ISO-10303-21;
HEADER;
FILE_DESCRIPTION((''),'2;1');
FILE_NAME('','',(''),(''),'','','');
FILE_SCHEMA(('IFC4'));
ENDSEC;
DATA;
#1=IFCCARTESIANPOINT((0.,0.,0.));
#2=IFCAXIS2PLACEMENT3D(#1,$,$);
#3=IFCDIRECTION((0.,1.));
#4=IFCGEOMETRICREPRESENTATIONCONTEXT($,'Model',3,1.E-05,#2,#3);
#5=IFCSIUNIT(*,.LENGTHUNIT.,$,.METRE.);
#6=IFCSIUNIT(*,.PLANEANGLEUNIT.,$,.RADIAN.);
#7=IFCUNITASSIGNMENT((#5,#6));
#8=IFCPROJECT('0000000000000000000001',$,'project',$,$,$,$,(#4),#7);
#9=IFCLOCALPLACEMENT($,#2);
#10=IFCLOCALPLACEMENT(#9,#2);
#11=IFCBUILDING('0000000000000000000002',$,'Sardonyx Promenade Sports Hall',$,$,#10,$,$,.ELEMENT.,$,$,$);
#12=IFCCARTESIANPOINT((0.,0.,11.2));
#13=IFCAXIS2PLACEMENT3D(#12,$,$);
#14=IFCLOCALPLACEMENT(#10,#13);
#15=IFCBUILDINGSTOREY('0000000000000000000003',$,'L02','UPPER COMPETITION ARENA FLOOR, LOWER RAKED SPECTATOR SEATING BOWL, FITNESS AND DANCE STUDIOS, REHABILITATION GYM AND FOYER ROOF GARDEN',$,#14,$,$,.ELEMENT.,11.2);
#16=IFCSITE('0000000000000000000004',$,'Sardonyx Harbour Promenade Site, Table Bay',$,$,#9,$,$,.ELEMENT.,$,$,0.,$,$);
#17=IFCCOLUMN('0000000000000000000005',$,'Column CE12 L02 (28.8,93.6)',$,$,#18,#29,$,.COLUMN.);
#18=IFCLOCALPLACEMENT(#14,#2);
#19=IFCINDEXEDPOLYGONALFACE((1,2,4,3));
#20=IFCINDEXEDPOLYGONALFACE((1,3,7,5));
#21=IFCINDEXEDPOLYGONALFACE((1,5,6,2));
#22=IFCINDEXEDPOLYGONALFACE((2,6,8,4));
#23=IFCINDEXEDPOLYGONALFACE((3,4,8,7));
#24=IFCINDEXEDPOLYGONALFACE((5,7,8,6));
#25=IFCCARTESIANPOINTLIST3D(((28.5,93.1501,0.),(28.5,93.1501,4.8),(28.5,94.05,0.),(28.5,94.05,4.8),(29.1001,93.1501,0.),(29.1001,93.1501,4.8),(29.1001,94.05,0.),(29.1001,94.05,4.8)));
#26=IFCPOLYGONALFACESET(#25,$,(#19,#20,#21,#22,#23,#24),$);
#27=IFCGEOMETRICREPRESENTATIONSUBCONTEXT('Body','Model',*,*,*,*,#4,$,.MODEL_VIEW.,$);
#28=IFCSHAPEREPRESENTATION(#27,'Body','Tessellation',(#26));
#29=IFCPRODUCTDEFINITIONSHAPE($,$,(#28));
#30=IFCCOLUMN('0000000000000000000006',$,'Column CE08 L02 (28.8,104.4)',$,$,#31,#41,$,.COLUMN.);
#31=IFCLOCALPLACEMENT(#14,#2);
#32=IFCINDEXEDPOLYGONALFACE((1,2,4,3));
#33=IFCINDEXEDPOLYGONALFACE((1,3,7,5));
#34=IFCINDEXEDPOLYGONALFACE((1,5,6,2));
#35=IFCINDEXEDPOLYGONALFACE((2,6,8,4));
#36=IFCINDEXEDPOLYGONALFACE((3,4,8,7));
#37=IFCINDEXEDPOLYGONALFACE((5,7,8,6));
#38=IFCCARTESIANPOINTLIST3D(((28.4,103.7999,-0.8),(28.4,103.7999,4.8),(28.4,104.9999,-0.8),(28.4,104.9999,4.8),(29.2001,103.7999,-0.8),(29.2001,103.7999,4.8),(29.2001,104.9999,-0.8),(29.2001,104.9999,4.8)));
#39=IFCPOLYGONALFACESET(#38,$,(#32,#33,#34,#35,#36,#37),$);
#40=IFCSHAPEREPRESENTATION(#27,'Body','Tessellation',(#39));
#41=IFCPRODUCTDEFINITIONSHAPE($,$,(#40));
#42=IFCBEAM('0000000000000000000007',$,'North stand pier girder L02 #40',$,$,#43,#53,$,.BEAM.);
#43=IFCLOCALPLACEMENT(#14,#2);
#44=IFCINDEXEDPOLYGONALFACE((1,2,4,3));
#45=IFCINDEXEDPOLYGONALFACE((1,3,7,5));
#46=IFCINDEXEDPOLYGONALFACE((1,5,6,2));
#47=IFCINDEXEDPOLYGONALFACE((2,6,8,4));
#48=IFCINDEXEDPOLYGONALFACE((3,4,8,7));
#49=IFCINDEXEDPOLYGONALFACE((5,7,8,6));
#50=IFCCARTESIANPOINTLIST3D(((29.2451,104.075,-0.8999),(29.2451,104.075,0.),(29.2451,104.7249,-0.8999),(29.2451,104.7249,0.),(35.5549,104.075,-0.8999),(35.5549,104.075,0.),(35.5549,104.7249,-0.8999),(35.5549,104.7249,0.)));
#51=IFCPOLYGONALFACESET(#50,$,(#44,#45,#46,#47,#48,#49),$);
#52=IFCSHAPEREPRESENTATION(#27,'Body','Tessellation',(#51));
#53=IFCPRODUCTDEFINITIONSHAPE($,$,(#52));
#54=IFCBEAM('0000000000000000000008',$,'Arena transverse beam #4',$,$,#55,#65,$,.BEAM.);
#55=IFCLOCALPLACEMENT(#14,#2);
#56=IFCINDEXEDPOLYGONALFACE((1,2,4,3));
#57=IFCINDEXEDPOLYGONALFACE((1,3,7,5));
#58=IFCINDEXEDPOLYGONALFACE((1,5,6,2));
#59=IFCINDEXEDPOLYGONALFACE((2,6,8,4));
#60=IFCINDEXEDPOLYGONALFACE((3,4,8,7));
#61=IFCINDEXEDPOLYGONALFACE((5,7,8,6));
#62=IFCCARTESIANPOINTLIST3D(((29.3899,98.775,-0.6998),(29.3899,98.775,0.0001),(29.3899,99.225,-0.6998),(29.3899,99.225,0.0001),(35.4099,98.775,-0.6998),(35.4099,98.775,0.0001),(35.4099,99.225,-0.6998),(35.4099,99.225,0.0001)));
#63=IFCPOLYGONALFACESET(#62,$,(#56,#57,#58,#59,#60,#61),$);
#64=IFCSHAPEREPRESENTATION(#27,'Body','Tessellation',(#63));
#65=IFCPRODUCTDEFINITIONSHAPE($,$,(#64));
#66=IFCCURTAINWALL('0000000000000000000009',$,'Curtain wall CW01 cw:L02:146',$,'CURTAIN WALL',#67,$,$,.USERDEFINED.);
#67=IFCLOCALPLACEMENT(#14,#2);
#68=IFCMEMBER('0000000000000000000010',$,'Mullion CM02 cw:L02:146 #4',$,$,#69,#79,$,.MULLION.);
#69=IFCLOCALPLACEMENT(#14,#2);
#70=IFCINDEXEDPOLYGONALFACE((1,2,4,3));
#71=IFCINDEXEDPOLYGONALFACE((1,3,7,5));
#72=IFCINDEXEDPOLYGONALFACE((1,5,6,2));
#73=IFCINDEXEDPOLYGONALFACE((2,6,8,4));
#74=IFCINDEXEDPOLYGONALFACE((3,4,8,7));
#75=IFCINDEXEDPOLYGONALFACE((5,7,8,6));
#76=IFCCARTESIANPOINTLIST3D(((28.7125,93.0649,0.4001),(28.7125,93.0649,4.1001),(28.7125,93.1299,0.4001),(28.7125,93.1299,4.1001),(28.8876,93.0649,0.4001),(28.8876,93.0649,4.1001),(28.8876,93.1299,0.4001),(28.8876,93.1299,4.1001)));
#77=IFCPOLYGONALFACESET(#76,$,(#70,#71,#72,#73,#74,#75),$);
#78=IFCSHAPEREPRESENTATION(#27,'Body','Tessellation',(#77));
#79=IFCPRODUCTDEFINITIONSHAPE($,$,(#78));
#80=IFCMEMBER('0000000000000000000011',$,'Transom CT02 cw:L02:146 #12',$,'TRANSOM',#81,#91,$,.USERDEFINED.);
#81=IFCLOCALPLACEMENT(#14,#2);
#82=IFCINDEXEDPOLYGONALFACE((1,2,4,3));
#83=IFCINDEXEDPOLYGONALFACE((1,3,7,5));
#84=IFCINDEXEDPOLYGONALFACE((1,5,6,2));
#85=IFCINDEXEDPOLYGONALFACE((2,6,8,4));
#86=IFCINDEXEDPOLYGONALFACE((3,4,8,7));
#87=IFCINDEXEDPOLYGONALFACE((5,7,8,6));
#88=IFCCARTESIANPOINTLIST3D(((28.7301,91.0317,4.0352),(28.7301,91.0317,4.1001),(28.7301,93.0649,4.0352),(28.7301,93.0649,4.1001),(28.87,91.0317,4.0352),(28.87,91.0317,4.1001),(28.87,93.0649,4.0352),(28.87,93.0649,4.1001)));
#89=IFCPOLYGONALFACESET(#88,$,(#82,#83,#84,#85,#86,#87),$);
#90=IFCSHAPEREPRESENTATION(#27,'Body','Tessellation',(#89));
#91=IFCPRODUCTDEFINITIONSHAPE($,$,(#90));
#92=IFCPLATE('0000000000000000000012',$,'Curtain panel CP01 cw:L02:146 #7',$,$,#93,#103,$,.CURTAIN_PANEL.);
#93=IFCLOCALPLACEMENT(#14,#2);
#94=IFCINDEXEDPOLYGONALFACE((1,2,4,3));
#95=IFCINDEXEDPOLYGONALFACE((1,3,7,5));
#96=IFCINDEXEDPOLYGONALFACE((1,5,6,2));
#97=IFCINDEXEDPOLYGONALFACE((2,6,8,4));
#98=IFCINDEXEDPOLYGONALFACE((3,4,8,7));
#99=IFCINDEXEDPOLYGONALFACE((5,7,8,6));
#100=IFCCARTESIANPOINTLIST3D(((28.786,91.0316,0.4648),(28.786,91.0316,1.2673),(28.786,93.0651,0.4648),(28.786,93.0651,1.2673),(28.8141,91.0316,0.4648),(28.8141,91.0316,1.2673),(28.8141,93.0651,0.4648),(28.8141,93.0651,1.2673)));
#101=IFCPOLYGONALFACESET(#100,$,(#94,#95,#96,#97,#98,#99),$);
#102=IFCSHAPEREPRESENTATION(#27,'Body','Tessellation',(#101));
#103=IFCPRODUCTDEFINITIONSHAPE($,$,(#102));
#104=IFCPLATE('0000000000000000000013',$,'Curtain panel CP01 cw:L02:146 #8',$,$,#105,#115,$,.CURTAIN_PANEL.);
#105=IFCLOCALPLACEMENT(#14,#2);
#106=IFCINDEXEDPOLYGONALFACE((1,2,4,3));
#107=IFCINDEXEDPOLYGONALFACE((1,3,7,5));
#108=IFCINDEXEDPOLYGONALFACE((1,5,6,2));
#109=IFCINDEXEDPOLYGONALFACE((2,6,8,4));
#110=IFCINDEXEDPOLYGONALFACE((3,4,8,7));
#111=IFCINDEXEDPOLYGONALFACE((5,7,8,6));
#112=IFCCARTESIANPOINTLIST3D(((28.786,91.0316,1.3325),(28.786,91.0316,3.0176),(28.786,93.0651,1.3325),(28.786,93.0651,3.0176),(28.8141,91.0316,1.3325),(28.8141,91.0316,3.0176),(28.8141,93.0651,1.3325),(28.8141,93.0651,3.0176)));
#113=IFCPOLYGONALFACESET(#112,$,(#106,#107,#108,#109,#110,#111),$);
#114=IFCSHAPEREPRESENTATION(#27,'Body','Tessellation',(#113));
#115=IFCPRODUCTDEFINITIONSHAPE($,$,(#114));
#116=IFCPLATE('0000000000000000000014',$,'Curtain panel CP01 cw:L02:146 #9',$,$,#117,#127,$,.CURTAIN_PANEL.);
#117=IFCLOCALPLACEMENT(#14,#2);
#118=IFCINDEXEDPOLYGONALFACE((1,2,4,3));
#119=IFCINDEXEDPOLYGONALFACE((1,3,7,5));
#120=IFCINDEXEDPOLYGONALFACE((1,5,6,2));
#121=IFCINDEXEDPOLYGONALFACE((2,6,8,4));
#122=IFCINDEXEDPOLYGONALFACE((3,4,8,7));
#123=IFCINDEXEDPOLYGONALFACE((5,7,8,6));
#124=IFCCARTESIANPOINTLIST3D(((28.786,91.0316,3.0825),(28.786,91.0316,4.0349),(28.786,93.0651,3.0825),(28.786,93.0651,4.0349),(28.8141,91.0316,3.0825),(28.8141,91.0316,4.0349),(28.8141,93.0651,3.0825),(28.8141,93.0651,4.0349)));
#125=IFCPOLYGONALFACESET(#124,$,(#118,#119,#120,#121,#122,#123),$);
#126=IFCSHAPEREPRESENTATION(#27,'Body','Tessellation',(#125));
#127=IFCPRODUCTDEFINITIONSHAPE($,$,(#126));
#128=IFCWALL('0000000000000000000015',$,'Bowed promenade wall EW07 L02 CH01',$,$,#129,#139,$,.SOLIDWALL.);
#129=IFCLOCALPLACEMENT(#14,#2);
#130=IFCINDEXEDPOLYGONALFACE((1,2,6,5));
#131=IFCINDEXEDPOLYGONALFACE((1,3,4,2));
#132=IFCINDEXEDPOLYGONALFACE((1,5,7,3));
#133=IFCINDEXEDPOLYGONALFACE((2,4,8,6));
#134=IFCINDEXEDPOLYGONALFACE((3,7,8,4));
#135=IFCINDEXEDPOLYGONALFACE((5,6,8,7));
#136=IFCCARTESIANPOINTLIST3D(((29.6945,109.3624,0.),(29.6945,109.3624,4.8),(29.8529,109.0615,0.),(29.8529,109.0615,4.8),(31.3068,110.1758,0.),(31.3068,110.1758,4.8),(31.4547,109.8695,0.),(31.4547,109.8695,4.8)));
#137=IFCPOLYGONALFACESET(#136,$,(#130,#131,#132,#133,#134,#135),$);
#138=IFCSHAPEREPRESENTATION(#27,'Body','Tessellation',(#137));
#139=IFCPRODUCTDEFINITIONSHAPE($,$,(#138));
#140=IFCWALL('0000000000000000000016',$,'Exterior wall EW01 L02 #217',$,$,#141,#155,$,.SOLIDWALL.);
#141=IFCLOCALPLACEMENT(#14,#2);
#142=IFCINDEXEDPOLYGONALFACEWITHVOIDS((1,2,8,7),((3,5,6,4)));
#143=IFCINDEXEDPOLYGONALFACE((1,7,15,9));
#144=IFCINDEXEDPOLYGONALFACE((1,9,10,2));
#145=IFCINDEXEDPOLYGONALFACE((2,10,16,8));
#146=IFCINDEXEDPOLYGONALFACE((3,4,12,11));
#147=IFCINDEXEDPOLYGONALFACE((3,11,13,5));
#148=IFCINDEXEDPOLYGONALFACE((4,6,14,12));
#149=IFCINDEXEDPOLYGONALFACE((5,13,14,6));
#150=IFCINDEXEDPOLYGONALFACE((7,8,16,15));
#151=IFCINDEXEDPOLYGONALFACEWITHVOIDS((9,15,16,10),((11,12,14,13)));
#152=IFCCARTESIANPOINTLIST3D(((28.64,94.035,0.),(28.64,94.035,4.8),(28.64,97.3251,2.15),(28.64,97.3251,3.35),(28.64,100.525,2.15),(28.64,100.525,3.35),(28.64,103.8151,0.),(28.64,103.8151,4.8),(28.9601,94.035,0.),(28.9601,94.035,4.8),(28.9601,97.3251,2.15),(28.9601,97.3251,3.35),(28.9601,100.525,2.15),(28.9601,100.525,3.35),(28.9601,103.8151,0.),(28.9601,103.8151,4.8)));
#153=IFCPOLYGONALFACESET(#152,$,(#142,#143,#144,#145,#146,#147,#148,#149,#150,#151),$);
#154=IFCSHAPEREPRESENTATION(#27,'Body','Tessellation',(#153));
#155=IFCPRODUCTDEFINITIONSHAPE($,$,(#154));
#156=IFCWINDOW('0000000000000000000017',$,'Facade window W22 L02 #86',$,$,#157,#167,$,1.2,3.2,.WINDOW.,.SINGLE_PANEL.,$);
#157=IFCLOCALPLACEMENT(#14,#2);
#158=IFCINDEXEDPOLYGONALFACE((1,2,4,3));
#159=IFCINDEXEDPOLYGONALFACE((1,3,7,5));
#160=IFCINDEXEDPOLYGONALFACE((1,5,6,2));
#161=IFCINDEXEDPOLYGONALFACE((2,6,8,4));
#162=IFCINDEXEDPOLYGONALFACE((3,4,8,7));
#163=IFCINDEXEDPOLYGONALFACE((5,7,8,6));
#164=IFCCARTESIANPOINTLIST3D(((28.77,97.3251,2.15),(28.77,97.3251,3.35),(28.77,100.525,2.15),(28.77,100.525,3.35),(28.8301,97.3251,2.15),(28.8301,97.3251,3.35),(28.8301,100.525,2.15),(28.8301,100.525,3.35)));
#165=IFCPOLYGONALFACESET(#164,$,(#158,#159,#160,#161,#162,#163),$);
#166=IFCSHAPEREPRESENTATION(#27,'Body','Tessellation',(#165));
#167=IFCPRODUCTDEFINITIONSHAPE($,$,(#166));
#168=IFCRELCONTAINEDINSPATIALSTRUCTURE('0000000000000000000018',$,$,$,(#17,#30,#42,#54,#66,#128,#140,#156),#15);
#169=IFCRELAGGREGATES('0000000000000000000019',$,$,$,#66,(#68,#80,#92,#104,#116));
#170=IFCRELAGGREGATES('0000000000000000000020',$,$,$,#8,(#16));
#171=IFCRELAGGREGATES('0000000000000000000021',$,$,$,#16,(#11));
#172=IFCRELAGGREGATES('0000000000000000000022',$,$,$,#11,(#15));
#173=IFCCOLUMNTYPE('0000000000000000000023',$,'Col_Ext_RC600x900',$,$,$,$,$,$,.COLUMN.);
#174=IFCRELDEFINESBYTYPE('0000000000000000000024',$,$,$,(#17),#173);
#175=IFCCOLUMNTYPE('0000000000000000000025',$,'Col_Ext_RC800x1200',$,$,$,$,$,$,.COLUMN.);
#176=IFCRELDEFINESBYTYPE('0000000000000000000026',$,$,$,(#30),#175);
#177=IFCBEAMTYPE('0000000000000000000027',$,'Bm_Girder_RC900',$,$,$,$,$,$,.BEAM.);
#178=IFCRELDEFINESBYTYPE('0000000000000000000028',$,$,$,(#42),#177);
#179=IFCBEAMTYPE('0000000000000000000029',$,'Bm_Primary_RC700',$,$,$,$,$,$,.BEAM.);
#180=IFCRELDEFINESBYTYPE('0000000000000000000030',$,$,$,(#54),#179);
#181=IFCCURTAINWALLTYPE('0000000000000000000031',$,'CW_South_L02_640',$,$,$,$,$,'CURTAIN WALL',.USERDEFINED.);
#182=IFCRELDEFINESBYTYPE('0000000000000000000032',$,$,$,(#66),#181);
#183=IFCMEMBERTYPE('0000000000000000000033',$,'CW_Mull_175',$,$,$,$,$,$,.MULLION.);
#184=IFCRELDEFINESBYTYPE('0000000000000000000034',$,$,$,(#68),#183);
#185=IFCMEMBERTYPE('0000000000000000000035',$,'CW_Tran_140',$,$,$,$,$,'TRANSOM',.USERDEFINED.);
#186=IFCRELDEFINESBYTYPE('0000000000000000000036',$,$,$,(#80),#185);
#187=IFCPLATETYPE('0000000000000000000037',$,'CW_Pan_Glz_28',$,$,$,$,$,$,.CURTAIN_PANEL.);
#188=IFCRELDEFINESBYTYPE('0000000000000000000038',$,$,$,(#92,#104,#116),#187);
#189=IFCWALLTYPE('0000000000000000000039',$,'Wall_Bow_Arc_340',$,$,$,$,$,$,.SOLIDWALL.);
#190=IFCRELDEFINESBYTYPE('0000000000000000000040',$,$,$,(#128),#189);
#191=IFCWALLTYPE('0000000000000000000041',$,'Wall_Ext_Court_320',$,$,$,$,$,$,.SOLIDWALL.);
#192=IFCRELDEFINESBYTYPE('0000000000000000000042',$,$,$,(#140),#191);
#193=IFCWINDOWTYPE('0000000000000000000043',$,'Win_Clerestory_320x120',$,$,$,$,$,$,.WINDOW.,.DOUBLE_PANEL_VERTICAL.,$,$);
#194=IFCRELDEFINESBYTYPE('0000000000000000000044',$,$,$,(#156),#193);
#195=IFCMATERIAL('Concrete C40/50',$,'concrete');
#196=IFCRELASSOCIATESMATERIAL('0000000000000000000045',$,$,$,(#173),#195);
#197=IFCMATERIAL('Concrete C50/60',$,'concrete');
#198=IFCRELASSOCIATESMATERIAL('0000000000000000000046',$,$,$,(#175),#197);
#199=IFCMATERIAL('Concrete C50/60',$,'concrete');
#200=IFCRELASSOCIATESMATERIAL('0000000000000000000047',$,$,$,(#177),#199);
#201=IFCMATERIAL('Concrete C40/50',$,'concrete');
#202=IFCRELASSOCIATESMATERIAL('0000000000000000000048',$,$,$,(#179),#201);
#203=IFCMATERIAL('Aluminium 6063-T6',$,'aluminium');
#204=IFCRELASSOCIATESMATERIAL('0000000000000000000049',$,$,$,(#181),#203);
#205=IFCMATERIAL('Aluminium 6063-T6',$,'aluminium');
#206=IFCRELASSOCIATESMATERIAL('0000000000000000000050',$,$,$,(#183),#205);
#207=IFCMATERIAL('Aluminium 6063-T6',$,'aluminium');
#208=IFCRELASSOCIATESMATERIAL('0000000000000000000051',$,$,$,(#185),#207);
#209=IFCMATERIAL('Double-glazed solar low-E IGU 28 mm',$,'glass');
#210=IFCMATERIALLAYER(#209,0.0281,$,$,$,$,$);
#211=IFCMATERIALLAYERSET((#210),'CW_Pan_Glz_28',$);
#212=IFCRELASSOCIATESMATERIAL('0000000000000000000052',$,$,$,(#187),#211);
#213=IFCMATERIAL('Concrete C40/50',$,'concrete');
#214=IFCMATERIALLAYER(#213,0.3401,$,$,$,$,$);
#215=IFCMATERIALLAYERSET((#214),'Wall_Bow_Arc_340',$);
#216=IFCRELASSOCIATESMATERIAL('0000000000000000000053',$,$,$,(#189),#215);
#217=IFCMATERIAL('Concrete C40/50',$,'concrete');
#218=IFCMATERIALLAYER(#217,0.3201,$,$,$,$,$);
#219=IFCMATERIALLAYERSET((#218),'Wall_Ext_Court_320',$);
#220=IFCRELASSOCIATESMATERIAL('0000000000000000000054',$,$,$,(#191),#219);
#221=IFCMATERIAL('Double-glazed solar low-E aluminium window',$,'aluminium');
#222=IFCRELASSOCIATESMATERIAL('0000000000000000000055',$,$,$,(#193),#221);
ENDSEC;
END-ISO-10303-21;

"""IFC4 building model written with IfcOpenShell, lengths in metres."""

from ifc_helpers import new_model, si_unit, direction, frame, frame_2d, origin, origin_2d, place, context, subcontext, project, spatial, polyline, rectangle, outline, extrude, material, layer, layer_set, material_profile, profile_set, type_object, element, fill, aggregate, save


model = new_model("IFC4")

# Units and contexts
model_context = context("Model", 3, precision=1e-05, world=origin(), true_north=direction((0.0, 1.0)))
body_context = subcontext(model_context, "Body", "Model", "MODEL_VIEW")
ifc_project = project(units=[si_unit("LENGTHUNIT", "METRE"), si_unit("PLANEANGLEUNIT", "RADIAN")], contexts=[model_context])

# Site, building, storey
site_placement = place(None, origin())
site = spatial("IfcSite", under=ifc_project, at=site_placement, Name="Sardonyx Harbour Promenade Site, Table Bay", CompositionType="ELEMENT", RefElevation=0.0)
building_placement = place(site_placement, origin())
building = spatial("IfcBuilding", under=site, at=building_placement, Name="Sardonyx Promenade Sports Hall", CompositionType="ELEMENT")
storey_placement = place(building_placement, frame((0.0, 0.0, 11.2)))
storey = spatial("IfcBuildingStorey", under=building, at=storey_placement, Name="L02", Description="UPPER COMPETITION ARENA FLOOR, LOWER RAKED SPECTATOR SEATING BOWL, FITNESS AND DANCE STUDIOS, REHABILITATION GYM AND FOYER ROOF GARDEN", CompositionType="ELEMENT", Elevation=11.2)

# Columns
ifc_material_1 = material(Name="Concrete C40/50", Category="concrete")
ifc_material_profile_1 = material_profile(ifc_material_1, rectangle(XDim=0.6001, YDim=0.8999, at=origin_2d()))
ifc_profile_set_1 = profile_set([ifc_material_profile_1], Name="Concrete C40/50")
column_type_1 = type_object("IfcColumnType", Name="Col_Ext_RC600x900", PredefinedType="COLUMN", material=ifc_profile_set_1)
column_1_placement = place(storey_placement, frame((28.8, 93.6001, 0.0), z_axis=(0.0, 0.0, 1.0), x_axis=(1.0, 0.0, 0.0)))
element("IfcColumn", 1, at=column_1_placement, inside=storey, type_object=column_type_1, Name="Column CE12 L02 (28.8,93.6)", PredefinedType="COLUMN", context=body_context, shape_type="SweptSolid", body=[
    extrude(rectangle(XDim=0.6001, YDim=0.8999, at=origin_2d()), origin(), (0.0, 0.0, 1.0), 4.8),
])
ifc_material_2 = material(Name="Concrete C50/60", Category="concrete")
ifc_material_profile_2 = material_profile(ifc_material_2, rectangle(XDim=0.8, YDim=1.2, at=origin_2d()))
ifc_profile_set_2 = profile_set([ifc_material_profile_2], Name="Concrete C50/60")
column_type_2 = type_object("IfcColumnType", Name="Col_Ext_RC800x1200", PredefinedType="COLUMN", material=ifc_profile_set_2)
column_2_placement = place(storey_placement, frame((28.8, 104.3999, -0.8), z_axis=(0.0, 0.0, 1.0), x_axis=(1.0, 0.0, 0.0)))
element("IfcColumn", 2, at=column_2_placement, inside=storey, type_object=column_type_2, Name="Column CE08 L02 (28.8,104.4)", PredefinedType="COLUMN", context=body_context, shape_type="SweptSolid", body=[
    extrude(rectangle(XDim=0.8, YDim=1.2, at=origin_2d()), origin(), (0.0, 0.0, 1.0), 5.6001),
])

# Beams
ifc_material_3 = material(Name="Concrete C50/60", Category="concrete")
ifc_material_profile_3 = material_profile(ifc_material_3, rectangle(XDim=0.6499, YDim=0.8999, at=origin_2d()))
ifc_profile_set_3 = profile_set([ifc_material_profile_3], Name="Concrete C50/60")
beam_type_1 = type_object("IfcBeamType", Name="Bm_Girder_RC900", PredefinedType="BEAM", material=ifc_profile_set_3)
beam_1_placement = place(storey_placement, frame((29.2451, 104.3999, -0.45), z_axis=(1.0, 0.0, 0.0), x_axis=(0.0, 1.0, 0.0)))
element("IfcBeam", 3, at=beam_1_placement, inside=storey, type_object=beam_type_1, Name="North stand pier girder L02 #40", PredefinedType="BEAM", context=body_context, shape_type="SweptSolid", body=[
    extrude(rectangle(XDim=0.6499, YDim=0.8999, at=origin_2d()), origin(), (0.0, 0.0, 1.0), 6.3098),
])
ifc_material_4 = material(Name="Concrete C40/50", Category="concrete")
ifc_material_profile_4 = material_profile(ifc_material_4, rectangle(XDim=0.45, YDim=0.7, at=origin_2d()))
ifc_profile_set_4 = profile_set([ifc_material_profile_4], Name="Concrete C40/50")
beam_type_2 = type_object("IfcBeamType", Name="Bm_Primary_RC700", PredefinedType="BEAM", material=ifc_profile_set_4)
beam_2_placement = place(storey_placement, frame((29.3899, 99.0, -0.3499), z_axis=(1.0, 0.0, 0.0), x_axis=(0.0, 1.0, 0.0)))
element("IfcBeam", 4, at=beam_2_placement, inside=storey, type_object=beam_type_2, Name="Arena transverse beam #4", PredefinedType="BEAM", context=body_context, shape_type="SweptSolid", body=[
    extrude(rectangle(XDim=0.45, YDim=0.7, at=origin_2d()), origin(), (0.0, 0.0, 1.0), 6.02),
])

# Curtain wall, members, plates
ifc_material_5 = material(Name="Aluminium 6063-T6", Category="aluminium")
curtain_wall_type = type_object("IfcCurtainWallType", Name="CW_South_L02_640", ElementType="CURTAIN WALL", PredefinedType="USERDEFINED", material=ifc_material_5)
curtain_wall_placement = place(storey_placement, origin())
curtain_wall = element("IfcCurtainWall", 5, at=curtain_wall_placement, inside=storey, type_object=curtain_wall_type, Name="Curtain wall CW01 cw:L02:146", ObjectType="CURTAIN WALL", PredefinedType="USERDEFINED")
ifc_material_6 = material(Name="Aluminium 6063-T6", Category="aluminium")
ifc_material_profile_5 = material_profile(ifc_material_6, rectangle(XDim=0.0649, YDim=0.175, at=origin_2d()))
ifc_profile_set_5 = profile_set([ifc_material_profile_5], Name="Aluminium 6063-T6")
member_type_1 = type_object("IfcMemberType", Name="CW_Mull_175", PredefinedType="MULLION", material=ifc_profile_set_5)
member_1_placement = place(storey_placement, frame((28.8, 93.0974, 0.4001), z_axis=(0.0, 0.0, 1.0), x_axis=(0.0, 1.0, 0.0)))
member_1 = element("IfcMember", 6, at=member_1_placement, type_object=member_type_1, Name="Mullion CM02 cw:L02:146 #4", PredefinedType="MULLION", context=body_context, shape_type="SweptSolid", body=[
    extrude(rectangle(XDim=0.0649, YDim=0.175, at=origin_2d()), origin(), (0.0, 0.0, 1.0), 3.7),
])
ifc_material_7 = material(Name="Aluminium 6063-T6", Category="aluminium")
ifc_material_profile_6 = material_profile(ifc_material_7, rectangle(XDim=0.0649, YDim=0.1399, at=origin_2d()))
ifc_profile_set_6 = profile_set([ifc_material_profile_6], Name="Aluminium 6063-T6")
member_type_2 = type_object("IfcMemberType", Name="CW_Tran_140", ElementType="TRANSOM", PredefinedType="USERDEFINED", material=ifc_profile_set_6)
member_2_placement = place(storey_placement, frame((28.8, 91.0317, 4.0676), z_axis=(0.0, 1.0, 0.0), x_axis=(0.0, 0.0, 1.0)))
member_2 = element("IfcMember", 7, at=member_2_placement, type_object=member_type_2, Name="Transom CT02 cw:L02:146 #12", ObjectType="TRANSOM", PredefinedType="USERDEFINED", context=body_context, shape_type="SweptSolid", body=[
    extrude(rectangle(XDim=0.0649, YDim=0.1399, at=origin_2d()), origin(), (0.0, 0.0, 1.0), 2.0332),
])
ifc_material_8 = material(Name="Double-glazed solar low-E IGU 28 mm", Category="glass")
ifc_layer_1 = layer(ifc_material_8, 0.0281)
ifc_layer_set_1 = layer_set([ifc_layer_1], Name="CW_Pan_Glz_28")
plate_type = type_object("IfcPlateType", Name="CW_Pan_Glz_28", PredefinedType="CURTAIN_PANEL", material=ifc_layer_set_1)
plate_1_placement = place(storey_placement, frame((28.8, 92.0483, 0.4648), z_axis=(0.0, 0.0, 1.0), x_axis=(0.0, 1.0, 0.0)))
plate_1 = element("IfcPlate", 8, at=plate_1_placement, type_object=plate_type, Name="Curtain panel CP01 cw:L02:146 #7", PredefinedType="CURTAIN_PANEL", context=body_context, shape_type="SweptSolid", body=[
    extrude(rectangle(XDim=2.0334, YDim=0.0281, at=origin_2d()), origin(), (0.0, 0.0, 1.0), 0.8025),
])
plate_2_placement = place(storey_placement, frame((28.8, 92.0483, 1.3325), z_axis=(0.0, 0.0, 1.0), x_axis=(0.0, 1.0, 0.0)))
plate_2 = element("IfcPlate", 9, at=plate_2_placement, type_object=plate_type, Name="Curtain panel CP01 cw:L02:146 #8", PredefinedType="CURTAIN_PANEL", context=body_context, shape_type="SweptSolid", body=[
    extrude(rectangle(XDim=2.0334, YDim=0.0281, at=origin_2d()), origin(), (0.0, 0.0, 1.0), 1.6851),
])
plate_3_placement = place(storey_placement, frame((28.8, 92.0483, 3.0825), z_axis=(0.0, 0.0, 1.0), x_axis=(0.0, 1.0, 0.0)))
plate_3 = element("IfcPlate", 10, at=plate_3_placement, type_object=plate_type, Name="Curtain panel CP01 cw:L02:146 #9", PredefinedType="CURTAIN_PANEL", context=body_context, shape_type="SweptSolid", body=[
    extrude(rectangle(XDim=2.0334, YDim=0.0281, at=origin_2d()), origin(), (0.0, 0.0, 1.0), 0.9524),
])
aggregate(curtain_wall, [member_1, member_2, plate_1, plate_2, plate_3])

# Wall
ifc_material_9 = material(Name="Concrete C40/50", Category="concrete")
ifc_layer_2 = layer(ifc_material_9, 0.3401)
ifc_layer_set_2 = layer_set([ifc_layer_2], Name="Wall_Bow_Arc_340")
wall_type_1 = type_object("IfcWallType", Name="Wall_Bow_Arc_340", PredefinedType="SOLIDWALL", material=ifc_layer_set_2)
wall_1_placement = place(storey_placement, frame((29.7737, 109.2119, 0.0), z_axis=(0.0, 0.0, 1.0), x_axis=(0.892821, 0.450411, 0.0)))
element("IfcWall", 11, at=wall_1_placement, inside=storey, type_object=wall_type_1, Name="Bowed promenade wall EW07 L02 CH01", PredefinedType="SOLIDWALL", context=body_context, shape_type="SweptSolid", body=[
    extrude(outline(polyline([(0.0029, -0.17), (1.7971, -0.17), (1.8029, 0.17), (-0.0029, 0.17), (0.0029, -0.17)])), origin(), (0.0, 0.0, 1.0), 4.8),
])

# Wall, opening, window
ifc_material_10 = material(Name="Concrete C40/50", Category="concrete")
ifc_layer_3 = layer(ifc_material_10, 0.3201)
ifc_layer_set_3 = layer_set([ifc_layer_3], Name="Wall_Ext_Court_320")
wall_type_2 = type_object("IfcWallType", Name="Wall_Ext_Court_320", PredefinedType="SOLIDWALL", material=ifc_layer_set_3)
wall_2_placement = place(storey_placement, frame((28.8, 94.0349, 0.0), z_axis=(0.0, 0.0, 1.0), x_axis=(0.0, 1.0, 0.0)))
wall_2 = element("IfcWall", 12, at=wall_2_placement, inside=storey, type_object=wall_type_2, Name="Exterior wall EW01 L02 #217", PredefinedType="SOLIDWALL", context=body_context, shape_type="SweptSolid", body=[
    extrude(rectangle(XDim=9.78, YDim=0.3201, at=frame_2d((4.8901, 0.0))), origin(), (0.0, 0.0, 1.0), 4.8),
])
opening_1_placement = place(wall_2_placement, frame((3.29, 0.0, 2.1499)))
opening_1 = element("IfcOpeningElement", 13, at=opening_1_placement, cuts=wall_2, PredefinedType="OPENING", context=body_context, shape_type="SweptSolid", body=[
    extrude(rectangle(XDim=3.2, YDim=1.2, at=frame_2d((1.6001, 0.6001))), frame((0.0, 0.17, 0.0), z_axis=(0.0, -1.0, 0.0), x_axis=(1.0, 0.0, 0.0)), (0.0, 0.0, 1.0), 0.34),
])
ifc_material_11 = material(Name="Double-glazed solar low-E aluminium window", Category="aluminium")
window_type_1 = type_object("IfcWindowType", Name="Win_Clerestory_320x120", PartitioningType="DOUBLE_PANEL_VERTICAL", PredefinedType="WINDOW", material=ifc_material_11)
window_1_placement = place(opening_1_placement, origin())
window_1 = element("IfcWindow", 14, at=window_1_placement, inside=storey, type_object=window_type_1, Name="Facade window W22 L02 #86", OverallHeight=1.2, OverallWidth=3.2, PartitioningType="SINGLE_PANEL", PredefinedType="WINDOW", context=body_context, shape_type="SweptSolid", body=[
    extrude(rectangle(XDim=3.2, YDim=1.2, at=frame_2d((1.6001, 0.6001))), frame((0.0, 0.03, 0.0), z_axis=(0.0, -1.0, 0.0), x_axis=(1.0, 0.0, 0.0)), (0.0, 0.0, 1.0), 0.0601),
])
fill(opening_1, window_1)

save(model, "model.ifc")
